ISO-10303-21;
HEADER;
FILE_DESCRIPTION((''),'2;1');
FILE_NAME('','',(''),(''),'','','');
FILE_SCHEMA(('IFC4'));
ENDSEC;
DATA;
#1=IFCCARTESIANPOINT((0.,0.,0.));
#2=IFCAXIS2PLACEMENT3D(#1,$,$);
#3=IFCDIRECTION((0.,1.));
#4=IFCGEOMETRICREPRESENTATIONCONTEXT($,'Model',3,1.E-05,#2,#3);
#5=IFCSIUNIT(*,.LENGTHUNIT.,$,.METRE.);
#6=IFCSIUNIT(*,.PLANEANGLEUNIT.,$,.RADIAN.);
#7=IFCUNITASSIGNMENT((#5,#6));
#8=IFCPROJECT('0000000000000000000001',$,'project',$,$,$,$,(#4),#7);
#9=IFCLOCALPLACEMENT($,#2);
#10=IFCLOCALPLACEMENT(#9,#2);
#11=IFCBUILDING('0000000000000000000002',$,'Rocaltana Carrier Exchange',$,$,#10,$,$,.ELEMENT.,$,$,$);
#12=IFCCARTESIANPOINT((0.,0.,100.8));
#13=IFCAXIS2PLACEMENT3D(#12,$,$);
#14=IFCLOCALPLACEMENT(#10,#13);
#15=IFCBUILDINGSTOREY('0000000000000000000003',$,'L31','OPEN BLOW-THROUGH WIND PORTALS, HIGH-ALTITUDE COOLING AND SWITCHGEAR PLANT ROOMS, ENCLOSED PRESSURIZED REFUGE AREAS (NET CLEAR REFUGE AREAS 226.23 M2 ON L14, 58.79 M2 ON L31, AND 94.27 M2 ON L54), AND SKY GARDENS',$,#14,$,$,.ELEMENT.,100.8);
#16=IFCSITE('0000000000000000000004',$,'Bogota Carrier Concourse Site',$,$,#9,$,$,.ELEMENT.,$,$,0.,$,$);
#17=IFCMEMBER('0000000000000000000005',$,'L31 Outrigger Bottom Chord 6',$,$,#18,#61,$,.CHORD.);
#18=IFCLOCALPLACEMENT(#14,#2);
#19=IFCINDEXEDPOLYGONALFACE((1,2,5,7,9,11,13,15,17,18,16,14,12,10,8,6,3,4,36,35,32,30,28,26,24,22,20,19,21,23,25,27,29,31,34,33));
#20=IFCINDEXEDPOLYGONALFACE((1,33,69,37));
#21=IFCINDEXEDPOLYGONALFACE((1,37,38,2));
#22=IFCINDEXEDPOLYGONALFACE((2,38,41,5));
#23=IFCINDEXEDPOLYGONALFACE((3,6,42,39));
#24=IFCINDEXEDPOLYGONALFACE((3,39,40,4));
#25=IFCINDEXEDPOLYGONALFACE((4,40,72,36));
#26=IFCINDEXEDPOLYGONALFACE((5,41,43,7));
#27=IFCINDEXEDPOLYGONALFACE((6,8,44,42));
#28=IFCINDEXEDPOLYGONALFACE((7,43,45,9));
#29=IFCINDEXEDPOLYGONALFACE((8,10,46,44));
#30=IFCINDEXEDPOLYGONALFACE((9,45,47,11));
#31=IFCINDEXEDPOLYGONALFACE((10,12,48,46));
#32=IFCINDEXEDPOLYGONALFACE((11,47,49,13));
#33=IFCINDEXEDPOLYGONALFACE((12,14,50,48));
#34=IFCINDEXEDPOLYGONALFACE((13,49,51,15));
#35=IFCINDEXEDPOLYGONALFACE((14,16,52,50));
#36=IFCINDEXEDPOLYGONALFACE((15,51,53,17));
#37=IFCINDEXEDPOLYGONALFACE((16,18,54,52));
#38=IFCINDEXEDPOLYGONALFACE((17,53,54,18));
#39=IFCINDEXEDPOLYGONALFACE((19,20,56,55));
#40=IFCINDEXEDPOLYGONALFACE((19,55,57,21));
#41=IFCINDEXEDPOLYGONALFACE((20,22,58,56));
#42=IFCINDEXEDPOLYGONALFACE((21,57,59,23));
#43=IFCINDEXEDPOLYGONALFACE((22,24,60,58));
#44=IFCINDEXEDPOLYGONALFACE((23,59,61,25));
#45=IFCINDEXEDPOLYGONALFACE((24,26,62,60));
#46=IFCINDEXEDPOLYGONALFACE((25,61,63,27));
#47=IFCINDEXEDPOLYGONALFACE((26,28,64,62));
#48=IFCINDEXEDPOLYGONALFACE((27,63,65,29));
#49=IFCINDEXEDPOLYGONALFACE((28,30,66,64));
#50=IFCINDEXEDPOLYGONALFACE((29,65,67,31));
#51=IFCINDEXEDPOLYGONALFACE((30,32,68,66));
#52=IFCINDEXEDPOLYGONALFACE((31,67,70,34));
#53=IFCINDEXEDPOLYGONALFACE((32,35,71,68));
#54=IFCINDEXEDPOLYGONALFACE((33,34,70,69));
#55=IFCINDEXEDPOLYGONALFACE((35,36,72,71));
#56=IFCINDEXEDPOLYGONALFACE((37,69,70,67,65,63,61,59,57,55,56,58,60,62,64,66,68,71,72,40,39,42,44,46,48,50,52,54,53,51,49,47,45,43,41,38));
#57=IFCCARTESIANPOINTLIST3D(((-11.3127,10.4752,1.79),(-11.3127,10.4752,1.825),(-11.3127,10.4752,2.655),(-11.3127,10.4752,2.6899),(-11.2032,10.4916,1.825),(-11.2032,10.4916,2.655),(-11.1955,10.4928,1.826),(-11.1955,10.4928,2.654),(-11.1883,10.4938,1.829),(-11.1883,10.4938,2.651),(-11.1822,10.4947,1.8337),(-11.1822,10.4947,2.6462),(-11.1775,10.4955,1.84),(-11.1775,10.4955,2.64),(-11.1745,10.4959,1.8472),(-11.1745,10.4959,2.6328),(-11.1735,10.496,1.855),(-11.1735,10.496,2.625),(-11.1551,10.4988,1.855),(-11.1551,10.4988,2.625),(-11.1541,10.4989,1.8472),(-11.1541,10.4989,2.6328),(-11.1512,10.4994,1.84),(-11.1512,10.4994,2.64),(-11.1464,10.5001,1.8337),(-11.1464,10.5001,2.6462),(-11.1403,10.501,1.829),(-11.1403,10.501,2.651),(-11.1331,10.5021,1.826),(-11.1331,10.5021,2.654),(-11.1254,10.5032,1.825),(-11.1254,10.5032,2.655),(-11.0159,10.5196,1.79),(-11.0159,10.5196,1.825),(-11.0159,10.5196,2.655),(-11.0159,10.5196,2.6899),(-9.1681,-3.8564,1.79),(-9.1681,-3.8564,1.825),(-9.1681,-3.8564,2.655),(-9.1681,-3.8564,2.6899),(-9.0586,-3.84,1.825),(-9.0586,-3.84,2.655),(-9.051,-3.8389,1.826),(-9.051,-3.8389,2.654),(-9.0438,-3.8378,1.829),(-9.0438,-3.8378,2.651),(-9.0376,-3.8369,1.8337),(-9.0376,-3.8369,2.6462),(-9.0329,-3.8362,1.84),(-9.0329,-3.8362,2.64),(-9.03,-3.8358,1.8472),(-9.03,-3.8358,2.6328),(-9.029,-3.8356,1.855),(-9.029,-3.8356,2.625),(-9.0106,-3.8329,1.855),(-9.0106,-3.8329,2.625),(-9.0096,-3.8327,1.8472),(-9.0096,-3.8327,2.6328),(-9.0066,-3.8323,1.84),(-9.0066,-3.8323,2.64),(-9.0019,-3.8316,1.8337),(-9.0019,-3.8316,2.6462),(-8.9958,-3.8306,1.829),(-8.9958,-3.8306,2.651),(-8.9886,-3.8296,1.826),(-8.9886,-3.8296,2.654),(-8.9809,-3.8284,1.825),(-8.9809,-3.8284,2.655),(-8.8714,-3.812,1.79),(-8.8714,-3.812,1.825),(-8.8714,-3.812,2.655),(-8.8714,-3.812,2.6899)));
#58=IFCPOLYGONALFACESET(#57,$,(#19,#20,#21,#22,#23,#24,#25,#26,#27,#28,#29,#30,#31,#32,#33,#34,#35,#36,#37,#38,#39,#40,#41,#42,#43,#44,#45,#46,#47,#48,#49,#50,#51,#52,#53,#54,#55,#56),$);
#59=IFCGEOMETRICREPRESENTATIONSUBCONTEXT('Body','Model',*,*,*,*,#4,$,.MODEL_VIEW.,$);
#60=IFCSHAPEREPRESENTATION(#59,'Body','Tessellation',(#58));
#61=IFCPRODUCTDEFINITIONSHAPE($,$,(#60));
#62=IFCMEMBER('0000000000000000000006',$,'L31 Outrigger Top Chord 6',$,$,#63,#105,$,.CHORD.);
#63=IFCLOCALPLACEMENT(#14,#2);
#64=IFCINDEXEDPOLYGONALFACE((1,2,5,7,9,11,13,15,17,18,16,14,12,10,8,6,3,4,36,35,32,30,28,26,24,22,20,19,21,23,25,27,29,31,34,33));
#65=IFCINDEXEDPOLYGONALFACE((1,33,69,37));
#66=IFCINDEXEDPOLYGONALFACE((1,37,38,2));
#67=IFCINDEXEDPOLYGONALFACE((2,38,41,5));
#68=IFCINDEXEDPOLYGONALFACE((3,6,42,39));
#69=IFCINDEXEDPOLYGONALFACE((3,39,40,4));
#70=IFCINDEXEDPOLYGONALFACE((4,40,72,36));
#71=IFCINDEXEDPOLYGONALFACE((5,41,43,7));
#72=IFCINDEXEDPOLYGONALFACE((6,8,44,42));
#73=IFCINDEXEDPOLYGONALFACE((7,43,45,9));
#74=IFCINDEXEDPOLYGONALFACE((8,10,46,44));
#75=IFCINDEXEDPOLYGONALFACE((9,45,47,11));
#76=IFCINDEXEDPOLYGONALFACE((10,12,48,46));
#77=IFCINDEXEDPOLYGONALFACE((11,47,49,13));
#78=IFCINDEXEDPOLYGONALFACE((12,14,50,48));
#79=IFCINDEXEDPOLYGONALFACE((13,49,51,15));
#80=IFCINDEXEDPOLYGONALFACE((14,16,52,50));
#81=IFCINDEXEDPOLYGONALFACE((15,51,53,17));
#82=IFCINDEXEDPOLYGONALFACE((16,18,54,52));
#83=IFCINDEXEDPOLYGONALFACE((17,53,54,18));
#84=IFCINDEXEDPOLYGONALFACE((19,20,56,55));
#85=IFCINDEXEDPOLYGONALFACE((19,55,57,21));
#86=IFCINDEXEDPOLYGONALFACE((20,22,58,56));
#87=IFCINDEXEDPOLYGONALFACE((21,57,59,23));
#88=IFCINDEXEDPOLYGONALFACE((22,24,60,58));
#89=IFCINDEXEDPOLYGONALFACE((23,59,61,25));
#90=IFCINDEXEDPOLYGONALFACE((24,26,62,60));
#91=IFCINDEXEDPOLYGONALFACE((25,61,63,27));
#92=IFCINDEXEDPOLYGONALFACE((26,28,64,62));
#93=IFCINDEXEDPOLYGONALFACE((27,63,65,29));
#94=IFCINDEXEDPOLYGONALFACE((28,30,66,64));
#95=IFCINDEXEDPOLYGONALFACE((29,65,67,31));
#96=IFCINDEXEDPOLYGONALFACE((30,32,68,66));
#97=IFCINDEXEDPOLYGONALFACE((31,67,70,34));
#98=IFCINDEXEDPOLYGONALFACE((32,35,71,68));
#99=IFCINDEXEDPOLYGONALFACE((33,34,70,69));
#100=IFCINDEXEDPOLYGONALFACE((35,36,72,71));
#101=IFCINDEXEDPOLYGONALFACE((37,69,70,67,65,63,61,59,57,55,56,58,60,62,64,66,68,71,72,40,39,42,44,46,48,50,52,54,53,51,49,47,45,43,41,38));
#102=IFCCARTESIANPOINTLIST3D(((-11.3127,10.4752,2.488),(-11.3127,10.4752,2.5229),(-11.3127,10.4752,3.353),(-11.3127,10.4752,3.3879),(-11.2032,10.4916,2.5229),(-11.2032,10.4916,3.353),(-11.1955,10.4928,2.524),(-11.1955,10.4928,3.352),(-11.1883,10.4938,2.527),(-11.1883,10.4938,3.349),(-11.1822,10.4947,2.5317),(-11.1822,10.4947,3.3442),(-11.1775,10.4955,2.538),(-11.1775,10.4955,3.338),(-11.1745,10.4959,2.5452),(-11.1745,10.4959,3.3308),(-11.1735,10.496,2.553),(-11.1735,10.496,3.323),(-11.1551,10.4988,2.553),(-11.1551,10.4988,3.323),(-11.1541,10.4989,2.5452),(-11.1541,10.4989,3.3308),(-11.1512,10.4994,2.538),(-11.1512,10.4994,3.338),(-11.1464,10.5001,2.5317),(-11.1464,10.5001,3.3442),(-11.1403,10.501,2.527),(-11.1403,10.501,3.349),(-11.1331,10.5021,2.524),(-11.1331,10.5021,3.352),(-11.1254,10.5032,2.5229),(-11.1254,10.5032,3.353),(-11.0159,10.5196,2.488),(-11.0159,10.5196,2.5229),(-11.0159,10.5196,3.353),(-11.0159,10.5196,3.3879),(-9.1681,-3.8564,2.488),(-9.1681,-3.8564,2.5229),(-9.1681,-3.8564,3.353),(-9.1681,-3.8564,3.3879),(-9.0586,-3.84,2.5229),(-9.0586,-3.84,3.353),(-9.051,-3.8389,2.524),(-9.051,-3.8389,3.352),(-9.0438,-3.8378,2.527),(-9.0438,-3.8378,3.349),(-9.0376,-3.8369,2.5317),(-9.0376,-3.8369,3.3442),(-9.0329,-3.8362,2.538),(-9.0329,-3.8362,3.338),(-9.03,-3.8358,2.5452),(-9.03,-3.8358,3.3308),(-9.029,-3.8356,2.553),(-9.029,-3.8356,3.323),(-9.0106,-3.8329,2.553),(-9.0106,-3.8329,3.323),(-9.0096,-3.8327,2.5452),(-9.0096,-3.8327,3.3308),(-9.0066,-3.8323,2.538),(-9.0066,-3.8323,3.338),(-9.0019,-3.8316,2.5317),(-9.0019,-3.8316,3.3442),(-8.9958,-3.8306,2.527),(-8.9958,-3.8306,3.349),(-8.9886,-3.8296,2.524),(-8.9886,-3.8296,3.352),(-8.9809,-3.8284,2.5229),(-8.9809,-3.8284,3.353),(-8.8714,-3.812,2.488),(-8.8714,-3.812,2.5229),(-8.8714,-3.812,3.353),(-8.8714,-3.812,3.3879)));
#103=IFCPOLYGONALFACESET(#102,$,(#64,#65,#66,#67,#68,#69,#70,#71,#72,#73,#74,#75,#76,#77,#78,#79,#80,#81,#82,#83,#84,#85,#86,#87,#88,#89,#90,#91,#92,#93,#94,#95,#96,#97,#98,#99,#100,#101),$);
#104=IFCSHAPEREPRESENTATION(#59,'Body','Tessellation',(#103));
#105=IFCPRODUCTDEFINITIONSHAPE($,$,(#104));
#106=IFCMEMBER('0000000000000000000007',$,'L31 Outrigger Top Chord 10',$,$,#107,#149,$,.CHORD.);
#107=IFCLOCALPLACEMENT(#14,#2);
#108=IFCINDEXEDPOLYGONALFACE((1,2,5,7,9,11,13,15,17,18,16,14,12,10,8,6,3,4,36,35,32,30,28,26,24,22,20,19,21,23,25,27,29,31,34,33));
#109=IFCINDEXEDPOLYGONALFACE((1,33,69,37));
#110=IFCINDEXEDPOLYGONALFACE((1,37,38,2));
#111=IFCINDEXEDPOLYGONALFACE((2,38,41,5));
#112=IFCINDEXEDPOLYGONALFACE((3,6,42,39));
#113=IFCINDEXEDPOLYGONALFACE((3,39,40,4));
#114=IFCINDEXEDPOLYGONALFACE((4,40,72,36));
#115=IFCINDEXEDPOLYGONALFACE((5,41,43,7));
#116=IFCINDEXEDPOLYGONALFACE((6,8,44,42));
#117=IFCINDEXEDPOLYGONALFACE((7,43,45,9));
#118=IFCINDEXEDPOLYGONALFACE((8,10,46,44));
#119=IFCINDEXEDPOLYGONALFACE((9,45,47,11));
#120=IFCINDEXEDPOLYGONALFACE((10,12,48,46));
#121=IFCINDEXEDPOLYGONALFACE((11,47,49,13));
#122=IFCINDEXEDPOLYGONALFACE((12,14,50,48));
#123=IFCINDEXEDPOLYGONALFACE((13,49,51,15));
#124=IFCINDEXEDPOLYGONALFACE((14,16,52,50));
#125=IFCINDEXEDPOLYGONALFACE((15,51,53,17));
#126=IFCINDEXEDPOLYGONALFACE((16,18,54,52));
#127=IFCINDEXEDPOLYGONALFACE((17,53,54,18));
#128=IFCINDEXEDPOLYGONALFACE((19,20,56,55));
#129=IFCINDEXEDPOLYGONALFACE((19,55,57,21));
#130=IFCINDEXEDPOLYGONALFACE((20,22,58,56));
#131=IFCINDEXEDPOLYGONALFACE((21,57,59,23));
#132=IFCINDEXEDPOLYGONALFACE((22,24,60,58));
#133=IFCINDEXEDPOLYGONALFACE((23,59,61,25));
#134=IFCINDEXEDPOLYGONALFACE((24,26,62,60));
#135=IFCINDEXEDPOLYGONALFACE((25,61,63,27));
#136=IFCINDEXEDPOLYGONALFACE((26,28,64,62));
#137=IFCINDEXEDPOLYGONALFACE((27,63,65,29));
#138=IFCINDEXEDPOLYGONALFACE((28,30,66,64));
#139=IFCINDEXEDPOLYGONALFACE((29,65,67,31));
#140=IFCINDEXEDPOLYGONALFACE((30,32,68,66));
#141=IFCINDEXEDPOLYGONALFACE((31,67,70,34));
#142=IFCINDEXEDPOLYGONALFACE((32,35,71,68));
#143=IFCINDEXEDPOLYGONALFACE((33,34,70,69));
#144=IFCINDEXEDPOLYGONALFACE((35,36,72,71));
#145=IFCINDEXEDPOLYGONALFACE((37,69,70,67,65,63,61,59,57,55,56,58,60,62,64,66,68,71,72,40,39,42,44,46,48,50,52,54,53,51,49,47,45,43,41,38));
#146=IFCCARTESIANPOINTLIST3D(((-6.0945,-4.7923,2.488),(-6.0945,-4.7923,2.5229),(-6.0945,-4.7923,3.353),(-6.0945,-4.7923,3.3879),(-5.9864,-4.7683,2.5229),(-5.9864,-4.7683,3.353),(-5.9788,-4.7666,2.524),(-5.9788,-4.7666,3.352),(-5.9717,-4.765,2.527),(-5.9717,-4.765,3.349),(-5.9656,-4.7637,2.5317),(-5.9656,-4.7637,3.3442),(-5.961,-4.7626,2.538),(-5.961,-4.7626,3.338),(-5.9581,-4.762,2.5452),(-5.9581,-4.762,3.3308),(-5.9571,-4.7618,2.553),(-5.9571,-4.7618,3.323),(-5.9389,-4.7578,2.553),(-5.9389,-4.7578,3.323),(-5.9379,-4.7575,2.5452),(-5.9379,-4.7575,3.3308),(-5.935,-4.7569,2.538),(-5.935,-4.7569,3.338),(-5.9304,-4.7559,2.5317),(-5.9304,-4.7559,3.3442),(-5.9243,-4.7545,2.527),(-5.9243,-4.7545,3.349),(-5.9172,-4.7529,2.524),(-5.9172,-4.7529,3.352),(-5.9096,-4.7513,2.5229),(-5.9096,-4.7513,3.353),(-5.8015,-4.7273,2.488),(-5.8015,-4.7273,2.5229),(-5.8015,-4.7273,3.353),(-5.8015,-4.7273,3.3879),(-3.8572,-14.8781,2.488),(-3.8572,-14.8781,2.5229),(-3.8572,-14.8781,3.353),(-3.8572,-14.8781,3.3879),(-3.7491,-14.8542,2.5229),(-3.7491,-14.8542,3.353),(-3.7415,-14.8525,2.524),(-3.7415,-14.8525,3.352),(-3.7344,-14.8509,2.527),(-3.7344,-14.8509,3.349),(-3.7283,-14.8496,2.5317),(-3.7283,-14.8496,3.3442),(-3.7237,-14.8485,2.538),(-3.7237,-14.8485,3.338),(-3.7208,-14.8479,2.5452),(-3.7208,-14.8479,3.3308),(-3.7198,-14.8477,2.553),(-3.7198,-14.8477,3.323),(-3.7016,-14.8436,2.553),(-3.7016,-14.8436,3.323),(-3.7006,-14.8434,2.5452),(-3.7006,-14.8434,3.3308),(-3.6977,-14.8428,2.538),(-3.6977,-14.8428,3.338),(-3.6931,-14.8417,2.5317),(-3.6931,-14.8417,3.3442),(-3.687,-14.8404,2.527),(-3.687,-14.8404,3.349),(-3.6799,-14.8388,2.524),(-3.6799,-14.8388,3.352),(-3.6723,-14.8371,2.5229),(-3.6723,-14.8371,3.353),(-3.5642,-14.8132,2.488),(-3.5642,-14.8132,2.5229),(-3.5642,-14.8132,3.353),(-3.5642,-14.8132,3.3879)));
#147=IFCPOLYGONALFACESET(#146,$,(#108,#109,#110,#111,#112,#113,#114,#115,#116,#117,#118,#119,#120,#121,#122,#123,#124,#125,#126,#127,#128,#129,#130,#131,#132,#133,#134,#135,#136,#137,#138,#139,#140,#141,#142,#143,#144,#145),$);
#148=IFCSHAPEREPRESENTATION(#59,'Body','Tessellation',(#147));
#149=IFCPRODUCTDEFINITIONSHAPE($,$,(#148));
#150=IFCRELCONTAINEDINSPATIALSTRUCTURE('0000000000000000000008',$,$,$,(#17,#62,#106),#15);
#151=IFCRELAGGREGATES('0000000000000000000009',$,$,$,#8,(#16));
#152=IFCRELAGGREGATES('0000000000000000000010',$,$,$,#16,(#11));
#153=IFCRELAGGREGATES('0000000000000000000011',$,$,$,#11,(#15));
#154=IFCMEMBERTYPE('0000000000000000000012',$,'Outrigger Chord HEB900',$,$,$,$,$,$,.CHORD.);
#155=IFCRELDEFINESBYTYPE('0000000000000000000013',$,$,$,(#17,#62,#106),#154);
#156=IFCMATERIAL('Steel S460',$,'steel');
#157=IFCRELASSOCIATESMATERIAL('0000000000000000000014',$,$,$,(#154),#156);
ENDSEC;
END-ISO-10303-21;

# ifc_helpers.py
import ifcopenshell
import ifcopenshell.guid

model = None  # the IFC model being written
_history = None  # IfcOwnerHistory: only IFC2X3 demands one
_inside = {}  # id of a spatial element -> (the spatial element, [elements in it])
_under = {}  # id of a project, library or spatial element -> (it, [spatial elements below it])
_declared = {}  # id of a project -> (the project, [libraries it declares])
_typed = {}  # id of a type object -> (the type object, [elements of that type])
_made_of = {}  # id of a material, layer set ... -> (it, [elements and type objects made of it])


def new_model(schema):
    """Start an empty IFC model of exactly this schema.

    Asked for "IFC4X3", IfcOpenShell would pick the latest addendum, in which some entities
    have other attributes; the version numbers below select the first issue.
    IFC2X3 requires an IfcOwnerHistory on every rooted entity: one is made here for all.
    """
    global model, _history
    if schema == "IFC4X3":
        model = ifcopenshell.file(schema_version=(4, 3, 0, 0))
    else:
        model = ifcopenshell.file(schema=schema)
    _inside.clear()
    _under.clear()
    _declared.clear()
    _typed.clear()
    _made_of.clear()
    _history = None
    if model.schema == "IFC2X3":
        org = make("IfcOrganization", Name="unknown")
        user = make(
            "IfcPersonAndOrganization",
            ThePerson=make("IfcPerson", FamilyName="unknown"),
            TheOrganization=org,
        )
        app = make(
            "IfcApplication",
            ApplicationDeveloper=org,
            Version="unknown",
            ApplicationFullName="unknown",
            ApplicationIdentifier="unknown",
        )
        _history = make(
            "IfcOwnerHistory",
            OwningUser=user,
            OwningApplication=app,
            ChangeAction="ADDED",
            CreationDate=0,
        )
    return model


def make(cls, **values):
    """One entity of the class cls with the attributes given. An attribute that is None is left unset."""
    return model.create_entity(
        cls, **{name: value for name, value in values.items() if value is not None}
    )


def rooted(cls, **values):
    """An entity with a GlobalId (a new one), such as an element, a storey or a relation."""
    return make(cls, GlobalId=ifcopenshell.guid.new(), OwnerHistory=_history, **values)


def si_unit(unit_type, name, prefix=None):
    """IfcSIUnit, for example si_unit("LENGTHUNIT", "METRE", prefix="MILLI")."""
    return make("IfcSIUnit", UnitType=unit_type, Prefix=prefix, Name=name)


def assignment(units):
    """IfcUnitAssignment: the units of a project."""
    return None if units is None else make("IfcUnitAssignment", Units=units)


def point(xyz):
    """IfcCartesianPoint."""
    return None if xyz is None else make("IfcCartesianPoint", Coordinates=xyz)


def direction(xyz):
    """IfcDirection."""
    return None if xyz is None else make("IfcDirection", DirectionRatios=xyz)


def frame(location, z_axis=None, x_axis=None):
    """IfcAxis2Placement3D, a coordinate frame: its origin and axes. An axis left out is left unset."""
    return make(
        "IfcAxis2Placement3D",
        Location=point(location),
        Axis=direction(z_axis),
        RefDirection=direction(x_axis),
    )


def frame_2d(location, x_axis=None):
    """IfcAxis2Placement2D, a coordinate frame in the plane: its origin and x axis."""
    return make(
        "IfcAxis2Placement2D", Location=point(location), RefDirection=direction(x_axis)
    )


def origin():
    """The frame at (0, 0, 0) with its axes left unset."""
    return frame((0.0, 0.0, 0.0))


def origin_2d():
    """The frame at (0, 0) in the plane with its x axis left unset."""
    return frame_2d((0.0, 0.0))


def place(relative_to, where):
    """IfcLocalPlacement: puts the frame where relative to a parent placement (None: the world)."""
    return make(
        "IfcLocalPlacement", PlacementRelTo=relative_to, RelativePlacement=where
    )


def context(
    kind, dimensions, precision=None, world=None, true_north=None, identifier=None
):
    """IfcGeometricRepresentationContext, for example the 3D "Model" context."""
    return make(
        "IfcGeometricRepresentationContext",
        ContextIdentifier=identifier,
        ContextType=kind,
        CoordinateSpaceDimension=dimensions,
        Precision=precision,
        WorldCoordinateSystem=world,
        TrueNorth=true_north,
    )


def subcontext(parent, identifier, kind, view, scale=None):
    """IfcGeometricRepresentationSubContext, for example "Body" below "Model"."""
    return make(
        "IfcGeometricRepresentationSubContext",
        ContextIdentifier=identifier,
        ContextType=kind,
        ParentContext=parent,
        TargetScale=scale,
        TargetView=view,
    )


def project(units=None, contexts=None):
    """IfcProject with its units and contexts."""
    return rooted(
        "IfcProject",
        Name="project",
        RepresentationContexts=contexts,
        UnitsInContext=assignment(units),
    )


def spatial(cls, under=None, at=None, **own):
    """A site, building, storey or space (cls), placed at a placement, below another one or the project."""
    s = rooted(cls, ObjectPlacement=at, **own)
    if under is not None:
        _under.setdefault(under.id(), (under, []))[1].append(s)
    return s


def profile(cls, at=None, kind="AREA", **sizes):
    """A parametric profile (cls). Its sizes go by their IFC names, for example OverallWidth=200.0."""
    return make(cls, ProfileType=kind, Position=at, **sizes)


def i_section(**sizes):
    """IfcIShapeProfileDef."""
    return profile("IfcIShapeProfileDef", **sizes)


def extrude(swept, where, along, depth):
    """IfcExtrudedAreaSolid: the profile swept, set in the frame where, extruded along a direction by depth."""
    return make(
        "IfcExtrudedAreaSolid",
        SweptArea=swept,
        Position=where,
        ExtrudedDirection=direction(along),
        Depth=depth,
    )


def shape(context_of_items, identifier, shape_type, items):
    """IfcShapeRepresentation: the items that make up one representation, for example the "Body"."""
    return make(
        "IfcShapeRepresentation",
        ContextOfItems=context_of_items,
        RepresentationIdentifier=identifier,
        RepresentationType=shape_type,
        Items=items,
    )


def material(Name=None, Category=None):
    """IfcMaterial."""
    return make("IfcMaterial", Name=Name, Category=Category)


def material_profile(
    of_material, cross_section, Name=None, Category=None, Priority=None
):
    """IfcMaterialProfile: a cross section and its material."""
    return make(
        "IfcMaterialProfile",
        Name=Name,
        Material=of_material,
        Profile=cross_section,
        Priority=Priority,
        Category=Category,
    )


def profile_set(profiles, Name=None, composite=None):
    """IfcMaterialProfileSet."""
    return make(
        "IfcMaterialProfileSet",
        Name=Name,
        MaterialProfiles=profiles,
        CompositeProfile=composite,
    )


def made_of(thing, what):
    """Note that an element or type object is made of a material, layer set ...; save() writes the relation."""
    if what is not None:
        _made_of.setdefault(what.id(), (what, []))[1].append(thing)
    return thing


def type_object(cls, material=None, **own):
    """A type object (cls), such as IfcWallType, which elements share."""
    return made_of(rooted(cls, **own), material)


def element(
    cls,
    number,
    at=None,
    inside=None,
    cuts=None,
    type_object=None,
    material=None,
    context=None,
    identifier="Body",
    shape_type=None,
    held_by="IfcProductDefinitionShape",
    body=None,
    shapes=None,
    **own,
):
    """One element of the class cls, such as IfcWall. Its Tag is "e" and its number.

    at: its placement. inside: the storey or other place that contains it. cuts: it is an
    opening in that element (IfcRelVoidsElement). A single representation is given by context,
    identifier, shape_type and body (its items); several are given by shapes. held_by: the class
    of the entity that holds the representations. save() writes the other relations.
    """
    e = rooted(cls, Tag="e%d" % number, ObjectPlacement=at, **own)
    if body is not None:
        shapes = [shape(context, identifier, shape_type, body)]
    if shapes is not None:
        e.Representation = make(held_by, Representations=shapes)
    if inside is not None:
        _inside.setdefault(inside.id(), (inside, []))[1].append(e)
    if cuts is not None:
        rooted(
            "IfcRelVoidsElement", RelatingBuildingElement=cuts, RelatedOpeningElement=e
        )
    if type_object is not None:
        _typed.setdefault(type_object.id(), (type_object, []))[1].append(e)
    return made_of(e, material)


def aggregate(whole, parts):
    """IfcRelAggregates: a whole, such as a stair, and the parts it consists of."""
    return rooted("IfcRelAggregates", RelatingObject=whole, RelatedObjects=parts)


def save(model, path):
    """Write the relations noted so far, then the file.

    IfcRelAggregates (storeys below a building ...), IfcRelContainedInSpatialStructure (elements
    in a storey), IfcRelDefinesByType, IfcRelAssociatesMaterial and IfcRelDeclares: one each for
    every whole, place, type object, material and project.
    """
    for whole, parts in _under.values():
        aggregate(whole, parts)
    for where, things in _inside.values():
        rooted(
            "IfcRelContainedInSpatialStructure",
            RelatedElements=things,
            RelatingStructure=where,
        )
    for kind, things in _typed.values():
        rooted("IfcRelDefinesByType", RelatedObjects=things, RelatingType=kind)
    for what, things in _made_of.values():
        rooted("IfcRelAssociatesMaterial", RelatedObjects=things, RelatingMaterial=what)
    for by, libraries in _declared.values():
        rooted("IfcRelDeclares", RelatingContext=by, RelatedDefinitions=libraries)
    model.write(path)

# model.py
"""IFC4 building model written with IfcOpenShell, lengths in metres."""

from ifc_helpers import new_model, si_unit, direction, frame, origin, origin_2d, place, context, subcontext, project, spatial, i_section, extrude, material, material_profile, profile_set, type_object, element, save


model = new_model("IFC4")

# Units and contexts
model_context = context("Model", 3, precision=1e-05, world=origin(), true_north=direction((0.0, 1.0)))
body_context = subcontext(model_context, "Body", "Model", "MODEL_VIEW")
ifc_project = project(units=[si_unit("LENGTHUNIT", "METRE"), si_unit("PLANEANGLEUNIT", "RADIAN")], contexts=[model_context])

# Site, building, storey
site_placement = place(None, origin())
site = spatial("IfcSite", under=ifc_project, at=site_placement, Name="Bogota Carrier Concourse Site", CompositionType="ELEMENT", RefElevation=0.0)
building_placement = place(site_placement, origin())
building = spatial("IfcBuilding", under=site, at=building_placement, Name="Rocaltana Carrier Exchange", CompositionType="ELEMENT")
storey_placement = place(building_placement, frame((0.0, 0.0, 100.8)))
storey = spatial("IfcBuildingStorey", under=building, at=storey_placement, Name="L31", Description="OPEN BLOW-THROUGH WIND PORTALS, HIGH-ALTITUDE COOLING AND SWITCHGEAR PLANT ROOMS, ENCLOSED PRESSURIZED REFUGE AREAS (NET CLEAR REFUGE AREAS 226.23 M2 ON L14, 58.79 M2 ON L31, AND 94.27 M2 ON L54), AND SKY GARDENS", CompositionType="ELEMENT", Elevation=100.8)

# Members
ifc_material_1 = material(Name="Steel S460", Category="steel")
ifc_material_profile_1 = material_profile(ifc_material_1, i_section(OverallWidth=0.3, OverallDepth=0.8999, WebThickness=0.0186, FlangeThickness=0.0349, FilletRadius=0.03, at=origin_2d()), Name="HEB900")
ifc_profile_set_1 = profile_set([ifc_material_profile_1], Name="Steel S460")
member_type_1 = type_object("IfcMemberType", Name="Outrigger Chord HEB900", PredefinedType="CHORD", material=ifc_profile_set_1)
for number, where, z_axis, x_axis, name in (
    (1, (-9.0198, -3.8342, 2.24), (-0.147989, 0.988989, 0.0), (-0.988989, -0.147989, 0.0), "L31 Outrigger Bottom Chord 6"),
    (2, (-9.0198, -3.8342, 2.938), (-0.147989, 0.988989, 0.0), (-0.988989, -0.147989, 0.0), "L31 Outrigger Top Chord 6"),
):
    element("IfcMember", number, at=place(storey_placement, frame(where, z_axis=z_axis, x_axis=x_axis)), inside=storey, type_object=member_type_1, Name=name, PredefinedType="CHORD", context=body_context, shape_type="SweptSolid", body=[
        extrude(i_section(OverallWidth=0.3, OverallDepth=0.8999, WebThickness=0.0186, FlangeThickness=0.0349, FilletRadius=0.03, at=origin_2d()), origin(), (0.0, 0.0, 1.0), 14.4912),
    ])
member_1_placement = place(storey_placement, frame((-5.948, -4.7598, 2.938), z_axis=(0.21656, -0.976269, 0.0), x_axis=(0.976269, 0.21656, 0.0)))
element("IfcMember", 3, at=member_1_placement, inside=storey, type_object=member_type_1, Name="L31 Outrigger Top Chord 10", PredefinedType="CHORD", context=body_context, shape_type="SweptSolid", body=[
    extrude(i_section(OverallWidth=0.3, OverallDepth=0.8999, WebThickness=0.0186, FlangeThickness=0.0349, FilletRadius=0.03, at=origin_2d()), origin(), (0.0, 0.0, 1.0), 10.3311),
])

save(model, "model.ifc")
